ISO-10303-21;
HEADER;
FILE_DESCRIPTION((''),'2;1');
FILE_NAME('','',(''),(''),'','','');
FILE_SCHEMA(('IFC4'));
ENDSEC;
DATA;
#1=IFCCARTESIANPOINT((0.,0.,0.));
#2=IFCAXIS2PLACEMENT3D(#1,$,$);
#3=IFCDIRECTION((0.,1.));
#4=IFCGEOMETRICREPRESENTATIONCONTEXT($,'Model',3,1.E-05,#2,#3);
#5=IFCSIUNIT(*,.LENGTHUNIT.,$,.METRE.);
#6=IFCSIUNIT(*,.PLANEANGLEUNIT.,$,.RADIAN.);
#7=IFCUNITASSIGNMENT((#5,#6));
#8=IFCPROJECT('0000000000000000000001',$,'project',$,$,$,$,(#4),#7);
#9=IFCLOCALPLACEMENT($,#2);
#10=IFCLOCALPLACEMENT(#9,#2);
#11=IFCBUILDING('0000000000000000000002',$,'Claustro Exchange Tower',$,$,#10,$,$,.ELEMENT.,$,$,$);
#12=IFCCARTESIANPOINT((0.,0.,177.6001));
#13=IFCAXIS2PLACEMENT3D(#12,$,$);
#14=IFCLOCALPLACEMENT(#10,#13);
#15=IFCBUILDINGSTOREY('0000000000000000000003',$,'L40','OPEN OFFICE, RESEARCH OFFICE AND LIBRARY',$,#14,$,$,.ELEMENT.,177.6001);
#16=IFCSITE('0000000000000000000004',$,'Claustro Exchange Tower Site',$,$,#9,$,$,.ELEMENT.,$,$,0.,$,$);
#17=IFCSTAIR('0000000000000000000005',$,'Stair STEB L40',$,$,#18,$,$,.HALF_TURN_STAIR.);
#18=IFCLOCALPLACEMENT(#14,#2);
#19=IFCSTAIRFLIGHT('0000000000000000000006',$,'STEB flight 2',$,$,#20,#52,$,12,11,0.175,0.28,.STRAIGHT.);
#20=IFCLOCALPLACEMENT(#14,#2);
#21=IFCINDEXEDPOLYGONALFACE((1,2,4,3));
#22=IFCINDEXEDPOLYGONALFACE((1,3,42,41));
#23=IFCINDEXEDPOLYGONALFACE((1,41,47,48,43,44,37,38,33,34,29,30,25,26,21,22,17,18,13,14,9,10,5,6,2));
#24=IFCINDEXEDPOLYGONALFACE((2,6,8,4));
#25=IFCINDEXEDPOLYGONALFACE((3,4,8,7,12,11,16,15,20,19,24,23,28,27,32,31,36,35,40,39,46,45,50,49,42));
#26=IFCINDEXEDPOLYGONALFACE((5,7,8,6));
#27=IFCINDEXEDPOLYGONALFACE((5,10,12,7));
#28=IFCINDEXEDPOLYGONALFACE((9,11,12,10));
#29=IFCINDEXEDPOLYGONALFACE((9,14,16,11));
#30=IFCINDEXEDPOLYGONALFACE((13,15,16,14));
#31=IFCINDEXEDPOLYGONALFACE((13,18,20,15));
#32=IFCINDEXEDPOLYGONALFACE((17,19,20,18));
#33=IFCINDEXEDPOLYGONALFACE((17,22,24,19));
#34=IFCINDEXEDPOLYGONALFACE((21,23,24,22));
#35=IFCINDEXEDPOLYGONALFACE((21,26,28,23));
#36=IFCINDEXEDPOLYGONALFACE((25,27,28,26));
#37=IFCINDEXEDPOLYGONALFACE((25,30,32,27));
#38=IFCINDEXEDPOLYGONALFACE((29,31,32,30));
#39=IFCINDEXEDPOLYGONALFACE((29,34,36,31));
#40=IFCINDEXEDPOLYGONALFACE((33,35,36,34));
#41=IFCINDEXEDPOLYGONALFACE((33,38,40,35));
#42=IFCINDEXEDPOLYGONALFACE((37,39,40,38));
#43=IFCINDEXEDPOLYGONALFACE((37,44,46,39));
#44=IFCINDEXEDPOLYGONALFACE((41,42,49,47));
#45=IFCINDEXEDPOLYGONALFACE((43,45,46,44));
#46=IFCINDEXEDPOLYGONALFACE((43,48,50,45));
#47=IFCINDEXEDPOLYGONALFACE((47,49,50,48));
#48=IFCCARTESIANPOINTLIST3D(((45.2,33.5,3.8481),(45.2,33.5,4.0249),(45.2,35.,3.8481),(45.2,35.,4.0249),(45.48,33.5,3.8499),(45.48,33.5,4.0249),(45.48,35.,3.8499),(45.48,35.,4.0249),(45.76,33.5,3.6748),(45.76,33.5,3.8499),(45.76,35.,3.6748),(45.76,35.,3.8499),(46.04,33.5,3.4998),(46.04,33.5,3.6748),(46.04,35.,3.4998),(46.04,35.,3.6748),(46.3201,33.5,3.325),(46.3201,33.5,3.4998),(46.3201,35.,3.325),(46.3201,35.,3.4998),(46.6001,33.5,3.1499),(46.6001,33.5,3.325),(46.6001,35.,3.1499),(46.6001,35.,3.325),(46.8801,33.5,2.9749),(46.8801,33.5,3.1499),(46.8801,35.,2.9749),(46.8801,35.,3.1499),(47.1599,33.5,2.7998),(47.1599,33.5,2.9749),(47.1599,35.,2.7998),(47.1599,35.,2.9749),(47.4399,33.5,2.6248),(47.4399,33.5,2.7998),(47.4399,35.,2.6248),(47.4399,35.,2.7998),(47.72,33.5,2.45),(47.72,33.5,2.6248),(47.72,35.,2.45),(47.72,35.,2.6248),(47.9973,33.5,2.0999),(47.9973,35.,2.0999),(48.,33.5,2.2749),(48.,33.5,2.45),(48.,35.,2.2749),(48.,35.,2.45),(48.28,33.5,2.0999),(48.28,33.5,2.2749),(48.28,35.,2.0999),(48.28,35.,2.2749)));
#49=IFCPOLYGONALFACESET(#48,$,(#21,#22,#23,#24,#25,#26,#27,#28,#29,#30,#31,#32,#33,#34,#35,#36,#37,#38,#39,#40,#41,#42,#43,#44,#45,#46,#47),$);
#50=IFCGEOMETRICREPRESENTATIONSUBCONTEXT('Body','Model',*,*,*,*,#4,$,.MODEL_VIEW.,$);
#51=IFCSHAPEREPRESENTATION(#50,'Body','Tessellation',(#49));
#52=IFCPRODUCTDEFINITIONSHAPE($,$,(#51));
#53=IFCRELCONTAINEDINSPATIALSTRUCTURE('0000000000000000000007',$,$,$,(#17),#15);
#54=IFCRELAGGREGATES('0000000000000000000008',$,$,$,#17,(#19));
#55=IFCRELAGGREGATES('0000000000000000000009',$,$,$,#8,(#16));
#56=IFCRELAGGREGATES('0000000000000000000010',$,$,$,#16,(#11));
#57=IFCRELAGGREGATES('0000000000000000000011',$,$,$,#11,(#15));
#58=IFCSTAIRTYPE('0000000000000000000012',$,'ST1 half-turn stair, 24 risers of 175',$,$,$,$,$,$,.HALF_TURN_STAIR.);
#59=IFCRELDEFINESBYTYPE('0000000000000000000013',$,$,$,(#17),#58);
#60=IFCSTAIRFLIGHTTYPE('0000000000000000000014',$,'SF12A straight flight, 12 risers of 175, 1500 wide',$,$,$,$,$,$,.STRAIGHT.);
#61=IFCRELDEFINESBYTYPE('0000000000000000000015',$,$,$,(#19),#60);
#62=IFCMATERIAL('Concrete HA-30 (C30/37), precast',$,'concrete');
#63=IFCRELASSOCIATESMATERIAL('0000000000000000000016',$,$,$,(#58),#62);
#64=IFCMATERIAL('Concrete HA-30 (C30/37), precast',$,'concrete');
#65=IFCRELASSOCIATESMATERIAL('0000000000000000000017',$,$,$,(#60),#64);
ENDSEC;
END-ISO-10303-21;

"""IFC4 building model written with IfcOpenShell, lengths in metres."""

from ifc_helpers import new_model, si_unit, direction, frame, origin, place, context, subcontext, project, spatial, polyline, outline, extrude, material, type_object, element, aggregate, save


model = new_model("IFC4")

# Units and contexts
model_context = context("Model", 3, precision=1e-05, world=origin(), true_north=direction((0.0, 1.0)))
body_context = subcontext(model_context, "Body", "Model", "MODEL_VIEW")
ifc_project = project(units=[si_unit("LENGTHUNIT", "METRE"), si_unit("PLANEANGLEUNIT", "RADIAN")], contexts=[model_context])

# Site, building, storey
site_placement = place(None, origin())
site = spatial("IfcSite", under=ifc_project, at=site_placement, Name="Claustro Exchange Tower Site", CompositionType="ELEMENT", RefElevation=0.0)
building_placement = place(site_placement, origin())
building = spatial("IfcBuilding", under=site, at=building_placement, Name="Claustro Exchange Tower", CompositionType="ELEMENT")
storey_placement = place(building_placement, frame((0.0, 0.0, 177.6001)))
storey = spatial("IfcBuildingStorey", under=building, at=storey_placement, Name="L40", Description="OPEN OFFICE, RESEARCH OFFICE AND LIBRARY", CompositionType="ELEMENT", Elevation=177.6001)

# Stair, stair flight
ifc_material_1 = material(Name="Concrete HA-30 (C30/37), precast", Category="concrete")
stair_type = type_object("IfcStairType", Name="ST1 half-turn stair, 24 risers of 175", PredefinedType="HALF_TURN_STAIR", material=ifc_material_1)
stair_placement = place(storey_placement, origin())
stair = element("IfcStair", 1, at=stair_placement, inside=storey, type_object=stair_type, Name="Stair STEB L40", PredefinedType="HALF_TURN_STAIR")
ifc_material_2 = material(Name="Concrete HA-30 (C30/37), precast", Category="concrete")
stair_flight_type = type_object("IfcStairFlightType", Name="SF12A straight flight, 12 risers of 175, 1500 wide", PredefinedType="STRAIGHT", material=ifc_material_2)
stair_flight_1_placement = place(storey_placement, frame((48.28, 34.25, 2.0999), z_axis=(0.0, 0.0, 1.0), x_axis=(-1.0, 0.0, 0.0)))
stair_flight_1 = element("IfcStairFlight", 2, at=stair_flight_1_placement, type_object=stair_flight_type, Name="STEB flight 2", NumberOfRisers=12, NumberOfTreads=11, PredefinedType="STRAIGHT", RiserHeight=0.175, TreadLength=0.28, context=body_context, shape_type="SweptSolid", body=[
    extrude(outline(polyline([(0.0, 0.0), (0.0, 0.175), (0.28, 0.175), (0.28, 0.3501), (0.5601, 0.3501), (0.5601, 0.5249), (0.8401, 0.5249), (0.8401, 0.7), (1.1201, 0.7), (1.1201, 0.875), (1.3999, 0.875), (1.3999, 1.05), (1.6799, 1.05), (1.6799, 1.2251), (1.96, 1.2251), (1.96, 1.3999), (2.24, 1.3999), (2.24, 1.575), (2.52, 1.575), (2.52, 1.75), (2.8, 1.75), (2.8, 1.925), (3.0801, 1.925), (3.0801, 2.1001), (3.0801, 1.7483), (0.2827, 0.0), (0.0, 0.0)])), frame((0.0, 0.75, 0.0), z_axis=(0.0, -1.0, 0.0), x_axis=(1.0, 0.0, 0.0)), (0.0, 0.0, 1.0), 1.5),
])
aggregate(stair, [stair_flight_1])

save(model, "model.ifc")
